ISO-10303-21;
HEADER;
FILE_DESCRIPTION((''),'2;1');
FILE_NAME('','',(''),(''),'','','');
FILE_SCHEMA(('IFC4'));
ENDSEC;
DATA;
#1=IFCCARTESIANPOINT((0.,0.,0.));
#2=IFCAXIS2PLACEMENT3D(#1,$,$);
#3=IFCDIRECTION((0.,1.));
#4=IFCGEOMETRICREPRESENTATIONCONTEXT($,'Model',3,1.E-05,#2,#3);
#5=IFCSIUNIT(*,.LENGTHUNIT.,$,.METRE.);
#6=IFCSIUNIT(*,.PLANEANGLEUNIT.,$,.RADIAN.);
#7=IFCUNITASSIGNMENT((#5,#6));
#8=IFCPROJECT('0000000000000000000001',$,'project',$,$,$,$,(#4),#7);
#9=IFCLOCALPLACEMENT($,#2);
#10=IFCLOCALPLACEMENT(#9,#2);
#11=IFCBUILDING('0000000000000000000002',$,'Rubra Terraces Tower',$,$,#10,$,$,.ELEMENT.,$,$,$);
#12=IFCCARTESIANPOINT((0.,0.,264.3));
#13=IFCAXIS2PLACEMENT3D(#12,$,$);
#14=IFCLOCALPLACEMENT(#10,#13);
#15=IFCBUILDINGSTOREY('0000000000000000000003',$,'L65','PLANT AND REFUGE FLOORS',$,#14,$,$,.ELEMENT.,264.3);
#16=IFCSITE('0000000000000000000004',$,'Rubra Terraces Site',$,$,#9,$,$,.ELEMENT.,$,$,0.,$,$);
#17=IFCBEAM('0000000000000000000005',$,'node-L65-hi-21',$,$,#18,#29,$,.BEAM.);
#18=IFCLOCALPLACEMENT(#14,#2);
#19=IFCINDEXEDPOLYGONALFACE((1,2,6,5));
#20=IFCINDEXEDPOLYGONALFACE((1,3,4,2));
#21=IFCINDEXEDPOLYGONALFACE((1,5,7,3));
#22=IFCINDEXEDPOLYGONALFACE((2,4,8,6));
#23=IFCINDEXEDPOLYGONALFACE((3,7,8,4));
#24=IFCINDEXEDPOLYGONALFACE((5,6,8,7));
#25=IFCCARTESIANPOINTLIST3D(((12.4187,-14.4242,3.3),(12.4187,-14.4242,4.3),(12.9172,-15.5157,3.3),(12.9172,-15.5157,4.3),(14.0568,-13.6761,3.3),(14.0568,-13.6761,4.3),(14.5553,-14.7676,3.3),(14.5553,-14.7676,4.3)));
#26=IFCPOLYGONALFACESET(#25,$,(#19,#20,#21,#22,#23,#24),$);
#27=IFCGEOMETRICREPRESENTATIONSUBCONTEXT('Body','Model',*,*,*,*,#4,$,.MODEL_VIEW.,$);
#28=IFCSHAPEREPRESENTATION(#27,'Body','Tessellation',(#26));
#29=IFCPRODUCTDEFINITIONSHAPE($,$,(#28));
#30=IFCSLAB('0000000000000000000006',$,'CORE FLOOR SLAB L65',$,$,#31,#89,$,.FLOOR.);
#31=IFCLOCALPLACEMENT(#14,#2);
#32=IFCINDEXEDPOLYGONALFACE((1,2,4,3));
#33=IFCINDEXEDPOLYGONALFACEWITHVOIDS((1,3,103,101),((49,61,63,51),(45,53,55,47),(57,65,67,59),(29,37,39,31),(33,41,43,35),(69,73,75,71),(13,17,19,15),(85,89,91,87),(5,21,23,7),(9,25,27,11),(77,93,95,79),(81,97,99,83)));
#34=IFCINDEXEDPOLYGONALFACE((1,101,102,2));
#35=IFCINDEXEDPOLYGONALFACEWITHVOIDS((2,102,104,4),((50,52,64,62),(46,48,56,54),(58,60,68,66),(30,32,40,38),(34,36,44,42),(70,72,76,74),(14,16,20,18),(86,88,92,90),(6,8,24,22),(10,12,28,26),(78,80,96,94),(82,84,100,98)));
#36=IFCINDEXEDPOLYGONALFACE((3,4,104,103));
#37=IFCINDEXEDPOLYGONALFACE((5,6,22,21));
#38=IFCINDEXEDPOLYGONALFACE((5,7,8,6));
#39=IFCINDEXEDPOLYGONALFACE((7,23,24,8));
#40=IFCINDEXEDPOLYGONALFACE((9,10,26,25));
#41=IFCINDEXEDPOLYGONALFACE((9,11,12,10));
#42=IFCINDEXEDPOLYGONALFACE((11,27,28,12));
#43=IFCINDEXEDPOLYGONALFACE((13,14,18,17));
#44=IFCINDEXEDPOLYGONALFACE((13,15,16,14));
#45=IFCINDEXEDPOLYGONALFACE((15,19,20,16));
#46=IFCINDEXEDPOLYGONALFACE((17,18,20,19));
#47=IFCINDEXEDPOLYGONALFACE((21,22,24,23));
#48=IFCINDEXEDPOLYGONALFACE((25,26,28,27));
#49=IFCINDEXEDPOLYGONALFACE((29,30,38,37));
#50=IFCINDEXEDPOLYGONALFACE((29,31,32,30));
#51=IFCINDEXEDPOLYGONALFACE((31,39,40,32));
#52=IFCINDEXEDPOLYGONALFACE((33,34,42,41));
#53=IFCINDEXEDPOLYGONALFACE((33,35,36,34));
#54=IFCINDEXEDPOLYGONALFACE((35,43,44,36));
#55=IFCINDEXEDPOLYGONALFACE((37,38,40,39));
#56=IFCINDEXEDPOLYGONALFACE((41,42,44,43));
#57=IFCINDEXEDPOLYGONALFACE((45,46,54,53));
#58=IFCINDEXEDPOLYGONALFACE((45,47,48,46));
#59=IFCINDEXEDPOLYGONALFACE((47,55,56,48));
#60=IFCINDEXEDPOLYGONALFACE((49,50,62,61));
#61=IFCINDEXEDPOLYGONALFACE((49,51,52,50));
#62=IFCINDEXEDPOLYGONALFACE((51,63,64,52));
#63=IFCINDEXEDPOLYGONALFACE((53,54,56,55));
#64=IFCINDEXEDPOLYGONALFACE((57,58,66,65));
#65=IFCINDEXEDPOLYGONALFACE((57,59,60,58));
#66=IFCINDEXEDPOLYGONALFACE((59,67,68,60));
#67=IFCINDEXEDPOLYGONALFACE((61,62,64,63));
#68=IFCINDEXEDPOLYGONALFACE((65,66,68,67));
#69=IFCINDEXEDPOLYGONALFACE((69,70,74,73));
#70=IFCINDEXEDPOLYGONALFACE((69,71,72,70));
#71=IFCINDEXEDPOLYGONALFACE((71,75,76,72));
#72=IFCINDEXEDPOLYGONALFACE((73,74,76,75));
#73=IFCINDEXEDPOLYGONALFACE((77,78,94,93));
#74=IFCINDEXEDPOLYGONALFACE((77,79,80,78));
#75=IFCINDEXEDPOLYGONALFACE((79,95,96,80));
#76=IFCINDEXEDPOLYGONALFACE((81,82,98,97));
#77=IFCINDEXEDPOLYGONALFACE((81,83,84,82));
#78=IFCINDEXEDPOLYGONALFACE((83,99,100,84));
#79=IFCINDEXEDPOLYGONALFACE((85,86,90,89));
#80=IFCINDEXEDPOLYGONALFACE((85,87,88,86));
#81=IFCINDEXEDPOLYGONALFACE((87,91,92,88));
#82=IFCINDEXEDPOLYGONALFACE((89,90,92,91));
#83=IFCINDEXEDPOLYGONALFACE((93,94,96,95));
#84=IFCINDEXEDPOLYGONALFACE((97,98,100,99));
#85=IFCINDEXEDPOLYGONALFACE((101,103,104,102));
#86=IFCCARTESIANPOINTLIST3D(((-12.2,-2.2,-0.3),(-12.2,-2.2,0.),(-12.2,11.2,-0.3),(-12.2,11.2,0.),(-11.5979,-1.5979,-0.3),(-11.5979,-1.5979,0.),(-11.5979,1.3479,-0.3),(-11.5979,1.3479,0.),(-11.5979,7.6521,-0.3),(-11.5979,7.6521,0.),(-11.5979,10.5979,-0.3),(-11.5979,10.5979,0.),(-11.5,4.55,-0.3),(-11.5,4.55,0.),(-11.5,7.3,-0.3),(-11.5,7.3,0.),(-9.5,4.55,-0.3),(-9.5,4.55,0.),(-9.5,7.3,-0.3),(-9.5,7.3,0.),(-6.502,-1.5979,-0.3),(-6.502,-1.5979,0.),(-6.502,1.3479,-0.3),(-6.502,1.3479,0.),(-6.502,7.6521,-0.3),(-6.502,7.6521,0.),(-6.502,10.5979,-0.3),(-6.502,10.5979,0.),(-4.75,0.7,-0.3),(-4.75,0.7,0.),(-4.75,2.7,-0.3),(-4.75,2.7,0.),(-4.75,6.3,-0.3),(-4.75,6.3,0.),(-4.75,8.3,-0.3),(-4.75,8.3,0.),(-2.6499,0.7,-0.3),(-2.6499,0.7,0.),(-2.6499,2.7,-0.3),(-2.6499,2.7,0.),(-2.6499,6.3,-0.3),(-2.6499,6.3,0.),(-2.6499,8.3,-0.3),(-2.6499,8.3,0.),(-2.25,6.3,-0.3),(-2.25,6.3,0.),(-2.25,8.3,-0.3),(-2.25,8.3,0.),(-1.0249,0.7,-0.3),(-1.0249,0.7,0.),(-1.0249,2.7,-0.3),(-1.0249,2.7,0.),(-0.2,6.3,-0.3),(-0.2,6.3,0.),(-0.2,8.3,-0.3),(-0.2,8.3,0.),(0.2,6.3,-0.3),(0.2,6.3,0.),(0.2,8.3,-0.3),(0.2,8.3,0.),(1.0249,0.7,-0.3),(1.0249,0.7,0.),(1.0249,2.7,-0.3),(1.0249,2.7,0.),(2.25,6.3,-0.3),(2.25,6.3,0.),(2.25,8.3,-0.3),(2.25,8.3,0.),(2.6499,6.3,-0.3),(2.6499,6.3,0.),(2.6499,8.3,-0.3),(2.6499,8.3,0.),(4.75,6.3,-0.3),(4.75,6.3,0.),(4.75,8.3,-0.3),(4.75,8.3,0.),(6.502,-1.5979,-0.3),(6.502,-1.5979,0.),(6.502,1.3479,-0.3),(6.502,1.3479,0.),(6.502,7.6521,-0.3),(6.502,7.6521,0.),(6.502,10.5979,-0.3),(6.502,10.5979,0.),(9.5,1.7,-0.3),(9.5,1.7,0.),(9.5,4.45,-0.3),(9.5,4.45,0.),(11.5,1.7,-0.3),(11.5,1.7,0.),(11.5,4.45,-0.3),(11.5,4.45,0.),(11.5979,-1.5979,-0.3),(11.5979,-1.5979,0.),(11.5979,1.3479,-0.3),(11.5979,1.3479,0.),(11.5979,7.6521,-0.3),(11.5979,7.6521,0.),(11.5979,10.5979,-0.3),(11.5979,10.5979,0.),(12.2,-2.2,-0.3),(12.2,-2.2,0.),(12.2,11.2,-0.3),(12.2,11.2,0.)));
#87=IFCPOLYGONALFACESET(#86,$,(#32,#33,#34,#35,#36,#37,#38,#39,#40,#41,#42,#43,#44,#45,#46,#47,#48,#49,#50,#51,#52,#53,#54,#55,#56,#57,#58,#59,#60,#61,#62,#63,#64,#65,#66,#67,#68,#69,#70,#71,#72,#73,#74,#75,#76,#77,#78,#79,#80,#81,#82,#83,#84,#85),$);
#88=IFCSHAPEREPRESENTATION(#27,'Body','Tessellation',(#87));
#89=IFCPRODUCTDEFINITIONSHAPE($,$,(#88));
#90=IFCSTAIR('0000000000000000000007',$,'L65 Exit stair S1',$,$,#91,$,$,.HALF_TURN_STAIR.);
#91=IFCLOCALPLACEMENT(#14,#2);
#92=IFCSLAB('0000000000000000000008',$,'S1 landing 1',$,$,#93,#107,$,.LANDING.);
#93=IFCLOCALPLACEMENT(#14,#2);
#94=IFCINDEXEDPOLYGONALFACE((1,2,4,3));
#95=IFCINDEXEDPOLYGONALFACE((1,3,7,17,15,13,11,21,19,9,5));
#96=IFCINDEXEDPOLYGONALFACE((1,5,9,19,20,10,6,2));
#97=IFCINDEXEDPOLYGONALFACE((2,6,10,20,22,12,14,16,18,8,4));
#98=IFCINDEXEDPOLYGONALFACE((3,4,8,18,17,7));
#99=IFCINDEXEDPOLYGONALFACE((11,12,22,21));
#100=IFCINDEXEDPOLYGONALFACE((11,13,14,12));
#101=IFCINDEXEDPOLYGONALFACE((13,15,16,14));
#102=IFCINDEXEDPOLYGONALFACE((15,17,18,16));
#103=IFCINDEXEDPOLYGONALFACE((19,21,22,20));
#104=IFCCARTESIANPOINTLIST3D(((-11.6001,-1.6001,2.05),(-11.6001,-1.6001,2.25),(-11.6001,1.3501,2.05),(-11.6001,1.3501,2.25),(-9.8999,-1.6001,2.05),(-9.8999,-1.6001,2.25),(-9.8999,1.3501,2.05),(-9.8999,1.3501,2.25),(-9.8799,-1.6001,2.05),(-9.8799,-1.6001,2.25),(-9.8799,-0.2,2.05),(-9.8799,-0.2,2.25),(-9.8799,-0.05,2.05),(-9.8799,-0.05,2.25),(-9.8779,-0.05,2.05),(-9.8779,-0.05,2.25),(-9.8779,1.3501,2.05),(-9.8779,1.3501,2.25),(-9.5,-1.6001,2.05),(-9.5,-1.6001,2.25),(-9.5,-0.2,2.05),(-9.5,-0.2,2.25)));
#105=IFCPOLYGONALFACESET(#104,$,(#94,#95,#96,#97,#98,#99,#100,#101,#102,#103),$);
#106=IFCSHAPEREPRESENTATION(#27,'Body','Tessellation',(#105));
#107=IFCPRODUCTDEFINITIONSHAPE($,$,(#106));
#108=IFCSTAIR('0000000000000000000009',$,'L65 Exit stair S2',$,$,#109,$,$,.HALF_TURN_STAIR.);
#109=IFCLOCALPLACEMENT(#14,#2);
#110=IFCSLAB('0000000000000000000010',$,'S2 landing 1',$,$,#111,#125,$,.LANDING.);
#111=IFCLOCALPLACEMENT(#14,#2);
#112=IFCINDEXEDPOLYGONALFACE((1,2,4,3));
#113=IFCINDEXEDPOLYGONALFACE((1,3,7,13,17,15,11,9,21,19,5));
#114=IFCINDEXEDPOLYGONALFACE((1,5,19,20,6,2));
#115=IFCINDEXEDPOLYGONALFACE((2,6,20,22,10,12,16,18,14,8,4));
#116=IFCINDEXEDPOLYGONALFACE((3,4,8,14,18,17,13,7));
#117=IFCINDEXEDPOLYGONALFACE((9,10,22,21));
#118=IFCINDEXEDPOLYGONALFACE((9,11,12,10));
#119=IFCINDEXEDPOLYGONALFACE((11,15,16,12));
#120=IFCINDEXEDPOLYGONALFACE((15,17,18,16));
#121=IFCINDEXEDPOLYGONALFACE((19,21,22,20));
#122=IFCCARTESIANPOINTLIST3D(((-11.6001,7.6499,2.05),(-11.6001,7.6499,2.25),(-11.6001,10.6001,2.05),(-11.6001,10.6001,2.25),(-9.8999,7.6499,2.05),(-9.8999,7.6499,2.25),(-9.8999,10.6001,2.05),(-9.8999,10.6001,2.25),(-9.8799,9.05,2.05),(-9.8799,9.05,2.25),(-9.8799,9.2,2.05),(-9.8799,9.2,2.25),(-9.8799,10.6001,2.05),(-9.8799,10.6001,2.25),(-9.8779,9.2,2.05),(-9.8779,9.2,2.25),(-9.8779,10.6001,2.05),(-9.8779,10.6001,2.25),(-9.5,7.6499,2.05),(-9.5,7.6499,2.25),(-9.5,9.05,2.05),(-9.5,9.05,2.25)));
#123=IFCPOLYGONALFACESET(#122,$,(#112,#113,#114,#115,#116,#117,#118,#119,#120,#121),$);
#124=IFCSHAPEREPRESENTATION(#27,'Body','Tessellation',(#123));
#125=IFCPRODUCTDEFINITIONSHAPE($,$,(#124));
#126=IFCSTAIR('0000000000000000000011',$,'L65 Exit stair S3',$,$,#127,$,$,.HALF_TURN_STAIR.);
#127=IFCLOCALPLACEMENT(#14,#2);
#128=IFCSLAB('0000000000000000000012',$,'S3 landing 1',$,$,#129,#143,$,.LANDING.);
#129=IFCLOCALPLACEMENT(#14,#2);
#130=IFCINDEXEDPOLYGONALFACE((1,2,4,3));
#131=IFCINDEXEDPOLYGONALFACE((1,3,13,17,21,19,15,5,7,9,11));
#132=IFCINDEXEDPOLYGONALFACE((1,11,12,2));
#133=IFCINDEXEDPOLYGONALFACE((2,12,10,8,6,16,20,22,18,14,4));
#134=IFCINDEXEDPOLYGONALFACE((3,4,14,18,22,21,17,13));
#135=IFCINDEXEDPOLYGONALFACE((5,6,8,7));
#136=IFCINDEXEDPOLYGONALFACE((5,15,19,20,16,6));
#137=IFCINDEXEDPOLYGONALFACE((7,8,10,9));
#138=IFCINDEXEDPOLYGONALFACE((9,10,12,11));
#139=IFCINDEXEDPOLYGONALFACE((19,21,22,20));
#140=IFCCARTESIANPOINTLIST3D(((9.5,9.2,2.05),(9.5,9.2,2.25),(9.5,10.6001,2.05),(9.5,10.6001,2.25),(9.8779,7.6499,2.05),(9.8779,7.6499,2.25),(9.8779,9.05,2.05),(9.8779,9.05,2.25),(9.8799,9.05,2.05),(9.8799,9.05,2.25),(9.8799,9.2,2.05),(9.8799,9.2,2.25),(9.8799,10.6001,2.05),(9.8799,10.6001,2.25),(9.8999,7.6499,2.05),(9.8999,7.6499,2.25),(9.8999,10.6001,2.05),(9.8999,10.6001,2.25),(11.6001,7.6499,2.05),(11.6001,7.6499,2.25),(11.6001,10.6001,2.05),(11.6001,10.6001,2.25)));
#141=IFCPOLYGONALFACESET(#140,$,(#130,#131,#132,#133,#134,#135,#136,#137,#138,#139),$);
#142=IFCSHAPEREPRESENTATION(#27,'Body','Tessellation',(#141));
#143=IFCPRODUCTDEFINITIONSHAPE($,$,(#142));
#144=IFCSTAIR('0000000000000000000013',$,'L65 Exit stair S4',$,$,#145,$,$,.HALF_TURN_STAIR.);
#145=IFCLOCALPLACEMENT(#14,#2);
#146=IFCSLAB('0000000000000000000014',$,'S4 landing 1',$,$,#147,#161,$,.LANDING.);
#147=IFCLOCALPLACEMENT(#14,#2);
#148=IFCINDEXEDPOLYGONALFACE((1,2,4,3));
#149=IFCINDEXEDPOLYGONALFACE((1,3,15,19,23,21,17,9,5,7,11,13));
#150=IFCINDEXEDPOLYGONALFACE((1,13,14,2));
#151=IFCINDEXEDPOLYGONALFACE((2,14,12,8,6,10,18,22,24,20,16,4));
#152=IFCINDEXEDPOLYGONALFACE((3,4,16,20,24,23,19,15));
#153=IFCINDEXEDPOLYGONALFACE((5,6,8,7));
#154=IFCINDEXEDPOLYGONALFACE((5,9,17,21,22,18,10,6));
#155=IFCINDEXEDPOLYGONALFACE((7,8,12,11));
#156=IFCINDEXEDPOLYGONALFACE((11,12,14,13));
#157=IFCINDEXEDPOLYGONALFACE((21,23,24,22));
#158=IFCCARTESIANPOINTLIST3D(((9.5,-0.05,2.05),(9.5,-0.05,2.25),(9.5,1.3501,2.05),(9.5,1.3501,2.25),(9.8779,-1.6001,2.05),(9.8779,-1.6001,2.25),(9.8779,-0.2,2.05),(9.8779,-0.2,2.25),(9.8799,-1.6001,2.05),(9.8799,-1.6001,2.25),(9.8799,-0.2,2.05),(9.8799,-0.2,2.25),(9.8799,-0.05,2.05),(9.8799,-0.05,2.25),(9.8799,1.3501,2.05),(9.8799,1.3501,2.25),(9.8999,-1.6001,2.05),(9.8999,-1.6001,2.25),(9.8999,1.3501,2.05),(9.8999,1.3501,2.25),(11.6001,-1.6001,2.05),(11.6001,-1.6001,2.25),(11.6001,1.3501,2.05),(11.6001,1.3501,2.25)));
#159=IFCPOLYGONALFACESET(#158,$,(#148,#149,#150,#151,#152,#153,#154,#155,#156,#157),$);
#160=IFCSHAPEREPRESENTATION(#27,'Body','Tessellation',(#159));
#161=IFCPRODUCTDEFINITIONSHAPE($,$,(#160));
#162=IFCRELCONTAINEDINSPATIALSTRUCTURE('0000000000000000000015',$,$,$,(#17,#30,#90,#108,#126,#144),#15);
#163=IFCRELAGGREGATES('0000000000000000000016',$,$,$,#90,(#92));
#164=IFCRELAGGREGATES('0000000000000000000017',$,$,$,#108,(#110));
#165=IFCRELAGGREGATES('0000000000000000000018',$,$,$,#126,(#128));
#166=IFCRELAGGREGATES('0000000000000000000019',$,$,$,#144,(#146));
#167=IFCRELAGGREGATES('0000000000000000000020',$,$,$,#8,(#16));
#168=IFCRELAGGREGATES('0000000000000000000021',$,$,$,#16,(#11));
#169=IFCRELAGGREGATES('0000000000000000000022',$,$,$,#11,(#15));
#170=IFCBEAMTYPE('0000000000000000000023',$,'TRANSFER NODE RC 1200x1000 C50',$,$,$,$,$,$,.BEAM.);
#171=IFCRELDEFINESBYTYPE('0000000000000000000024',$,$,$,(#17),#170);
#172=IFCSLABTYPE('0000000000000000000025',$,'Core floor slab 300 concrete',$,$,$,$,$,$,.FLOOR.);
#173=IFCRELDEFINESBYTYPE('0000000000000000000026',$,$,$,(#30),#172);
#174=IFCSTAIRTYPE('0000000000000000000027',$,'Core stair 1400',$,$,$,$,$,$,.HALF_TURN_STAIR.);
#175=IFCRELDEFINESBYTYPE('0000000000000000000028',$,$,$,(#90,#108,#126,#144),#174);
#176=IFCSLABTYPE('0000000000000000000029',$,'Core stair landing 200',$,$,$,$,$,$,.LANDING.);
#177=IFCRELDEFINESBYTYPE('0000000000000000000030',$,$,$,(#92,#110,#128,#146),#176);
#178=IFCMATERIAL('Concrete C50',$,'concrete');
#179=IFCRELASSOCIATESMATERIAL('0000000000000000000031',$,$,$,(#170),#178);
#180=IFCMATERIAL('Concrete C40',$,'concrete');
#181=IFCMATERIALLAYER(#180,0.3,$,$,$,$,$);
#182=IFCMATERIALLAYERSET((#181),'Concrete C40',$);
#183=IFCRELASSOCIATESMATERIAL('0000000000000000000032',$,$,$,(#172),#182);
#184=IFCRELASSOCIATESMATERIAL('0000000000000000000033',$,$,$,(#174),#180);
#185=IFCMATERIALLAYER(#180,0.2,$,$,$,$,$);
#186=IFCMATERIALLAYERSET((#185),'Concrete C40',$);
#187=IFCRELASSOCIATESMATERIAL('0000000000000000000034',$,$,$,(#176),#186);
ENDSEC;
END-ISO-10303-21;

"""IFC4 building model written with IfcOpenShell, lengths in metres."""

from ifc_helpers import new_model, si_unit, direction, frame, origin, origin_2d, place, context, subcontext, project, spatial, polyline, rectangle, outline, extrude, material, layer, layer_set, material_profile, profile_set, type_object, element, aggregate, save


model = new_model("IFC4")

# Units and contexts
model_context = context("Model", 3, precision=1e-05, world=origin(), true_north=direction((0.0, 1.0)))
body_context = subcontext(model_context, "Body", "Model", "MODEL_VIEW")
ifc_project = project(units=[si_unit("LENGTHUNIT", "METRE"), si_unit("PLANEANGLEUNIT", "RADIAN")], contexts=[model_context])

# Site, building, storey
site_placement = place(None, origin())
site = spatial("IfcSite", under=ifc_project, at=site_placement, Name="Rubra Terraces Site", CompositionType="ELEMENT", RefElevation=0.0)
building_placement = place(site_placement, origin())
building = spatial("IfcBuilding", under=site, at=building_placement, Name="Rubra Terraces Tower", CompositionType="ELEMENT")
storey_placement = place(building_placement, frame((0.0, 0.0, 264.3)))
storey = spatial("IfcBuildingStorey", under=building, at=storey_placement, Name="L65", Description="PLANT AND REFUGE FLOORS", CompositionType="ELEMENT", Elevation=264.3)

# Beam
ifc_material_1 = material(Name="Concrete C50", Category="concrete")
ifc_material_profile = material_profile(ifc_material_1, rectangle(XDim=1.2, YDim=1.0, at=origin_2d()), Name="RC 1200x1000")
ifc_profile_set = profile_set([ifc_material_profile], Name="Concrete C50")
beam_type = type_object("IfcBeamType", Name="TRANSFER NODE RC 1200x1000 C50", PredefinedType="BEAM", material=ifc_profile_set)
beam_placement = place(storey_placement, frame((12.668, -14.97, 3.8), z_axis=(0.909627, 0.415426, 0.0), x_axis=(-0.415426, 0.909627, 0.0)))
element("IfcBeam", 1, at=beam_placement, inside=storey, type_object=beam_type, Name="node-L65-hi-21", PredefinedType="BEAM", context=body_context, shape_type="SweptSolid", body=[
    extrude(rectangle(XDim=1.2, YDim=1.0, at=origin_2d()), origin(), (0.0, 0.0, 1.0), 1.8008),
])

# Slab
ifc_material_2 = material(Name="Concrete C40", Category="concrete")
ifc_layer_1 = layer(ifc_material_2, 0.3)
ifc_layer_set_1 = layer_set([ifc_layer_1], Name="Concrete C40")
slab_type_1 = type_object("IfcSlabType", Name="Core floor slab 300 concrete", PredefinedType="FLOOR", material=ifc_layer_set_1)
slab_1_placement = place(storey_placement, frame((0.0, 0.0, -0.3)))
element("IfcSlab", 2, at=slab_1_placement, inside=storey, type_object=slab_type_1, Name="CORE FLOOR SLAB L65", PredefinedType="FLOOR", context=body_context, shape_type="SweptSolid", body=[
    extrude(outline(polyline([(-12.2, -2.2), (-12.2, 11.2), (12.2, 11.2), (12.2, -2.2), (-12.2, -2.2)]), holes=[polyline([(11.5979, 1.3479), (6.502, 1.3479), (6.502, -1.5979), (11.5979, -1.5979), (11.5979, 1.3479)]), polyline([(11.5979, 7.6521), (11.5979, 10.5979), (6.502, 10.5979), (6.502, 7.6521), (11.5979, 7.6521)]), polyline([(9.5, 1.7), (11.5, 1.7), (11.5, 4.45), (9.5, 4.45), (9.5, 1.7)]), polyline([(4.75, 6.3), (4.75, 8.3), (2.6499, 8.3), (2.6499, 6.3), (4.75, 6.3)]), polyline([(2.25, 8.3), (0.2, 8.3), (0.2, 6.3), (2.25, 6.3), (2.25, 8.3)]), polyline([(1.0249, 0.7), (1.0249, 2.7), (-1.0249, 2.7), (-1.0249, 0.7), (1.0249, 0.7)]), polyline([(-0.2, 6.3), (-0.2, 8.3), (-2.25, 8.3), (-2.25, 6.3), (-0.2, 6.3)]), polyline([(-4.75, 8.3), (-4.75, 6.3), (-2.6499, 6.3), (-2.6499, 8.3), (-4.75, 8.3)]), polyline([(-2.6499, 0.7), (-2.6499, 2.7), (-4.75, 2.7), (-4.75, 0.7), (-2.6499, 0.7)]), polyline([(-11.5979, -1.5979), (-6.502, -1.5979), (-6.502, 1.3479), (-11.5979, 1.3479), (-11.5979, -1.5979)]), polyline([(-11.5979, 10.5979), (-11.5979, 7.6521), (-6.502, 7.6521), (-6.502, 10.5979), (-11.5979, 10.5979)]), polyline([(-9.5, 4.55), (-9.5, 7.3), (-11.5, 7.3), (-11.5, 4.55), (-9.5, 4.55)])]), origin(), (0.0, 0.0, 1.0), 0.3),
])

# Stairs, slabs
stair_type = type_object("IfcStairType", Name="Core stair 1400", PredefinedType="HALF_TURN_STAIR", material=ifc_material_2)
stair_1_placement = place(storey_placement, origin())
stair_1 = element("IfcStair", 3, at=stair_1_placement, inside=storey, type_object=stair_type, Name="L65 Exit stair S1", PredefinedType="HALF_TURN_STAIR")
ifc_layer_2 = layer(ifc_material_2, 0.2)
ifc_layer_set_2 = layer_set([ifc_layer_2], Name="Concrete C40")
slab_type_2 = type_object("IfcSlabType", Name="Core stair landing 200", PredefinedType="LANDING", material=ifc_layer_set_2)
slab_2_placement = place(storey_placement, frame((0.0, 0.0, 2.05)))
slab_2 = element("IfcSlab", 4, at=slab_2_placement, type_object=slab_type_2, Name="S1 landing 1", PredefinedType="LANDING", context=body_context, shape_type="SweptSolid", body=[
    extrude(outline(polyline([(-9.5, -0.2), (-9.5, -1.6001), (-9.8799, -1.6001), (-9.8999, -1.6001), (-11.6001, -1.6001), (-11.6001, 1.3501), (-9.8999, 1.3501), (-9.8779, 1.3501), (-9.8779, -0.05), (-9.8799, -0.05), (-9.8799, -0.2), (-9.5, -0.2)])), origin(), (0.0, 0.0, 1.0), 0.2),
])
aggregate(stair_1, [slab_2])
stair_2_placement = place(storey_placement, origin())
stair_2 = element("IfcStair", 5, at=stair_2_placement, inside=storey, type_object=stair_type, Name="L65 Exit stair S2", PredefinedType="HALF_TURN_STAIR")
slab_3_placement = place(storey_placement, frame((0.0, 0.0, 2.05)))
slab_3 = element("IfcSlab", 6, at=slab_3_placement, type_object=slab_type_2, Name="S2 landing 1", PredefinedType="LANDING", context=body_context, shape_type="SweptSolid", body=[
    extrude(outline(polyline([(-9.5, 9.05), (-9.5, 7.6499), (-9.8999, 7.6499), (-11.6001, 7.6499), (-11.6001, 10.6001), (-9.8999, 10.6001), (-9.8799, 10.6001), (-9.8779, 10.6001), (-9.8779, 9.2), (-9.8799, 9.2), (-9.8799, 9.05), (-9.5, 9.05)])), origin(), (0.0, 0.0, 1.0), 0.2),
])
aggregate(stair_2, [slab_3])
stair_3_placement = place(storey_placement, origin())
stair_3 = element("IfcStair", 7, at=stair_3_placement, inside=storey, type_object=stair_type, Name="L65 Exit stair S3", PredefinedType="HALF_TURN_STAIR")
slab_4_placement = place(storey_placement, frame((0.0, 0.0, 2.05)))
slab_4 = element("IfcSlab", 8, at=slab_4_placement, type_object=slab_type_2, Name="S3 landing 1", PredefinedType="LANDING", context=body_context, shape_type="SweptSolid", body=[
    extrude(outline(polyline([(9.8799, 9.05), (9.8799, 9.2), (9.5, 9.2), (9.5, 10.6001), (9.8799, 10.6001), (9.8999, 10.6001), (11.6001, 10.6001), (11.6001, 7.6499), (9.8999, 7.6499), (9.8779, 7.6499), (9.8779, 9.05), (9.8799, 9.05)])), origin(), (0.0, 0.0, 1.0), 0.2),
])
aggregate(stair_3, [slab_4])
stair_4_placement = place(storey_placement, origin())
stair_4 = element("IfcStair", 9, at=stair_4_placement, inside=storey, type_object=stair_type, Name="L65 Exit stair S4", PredefinedType="HALF_TURN_STAIR")
slab_5_placement = place(storey_placement, frame((0.0, 0.0, 2.05)))
slab_5 = element("IfcSlab", 10, at=slab_5_placement, type_object=slab_type_2, Name="S4 landing 1", PredefinedType="LANDING", context=body_context, shape_type="SweptSolid", body=[
    extrude(outline(polyline([(9.8799, -0.2), (9.8799, -0.05), (9.5, -0.05), (9.5, 1.3501), (9.8799, 1.3501), (9.8999, 1.3501), (11.6001, 1.3501), (11.6001, -1.6001), (9.8999, -1.6001), (9.8799, -1.6001), (9.8779, -1.6001), (9.8779, -0.2), (9.8799, -0.2)])), origin(), (0.0, 0.0, 1.0), 0.2),
])

aggregate(stair_4, [slab_5])

save(model, "model.ifc")
